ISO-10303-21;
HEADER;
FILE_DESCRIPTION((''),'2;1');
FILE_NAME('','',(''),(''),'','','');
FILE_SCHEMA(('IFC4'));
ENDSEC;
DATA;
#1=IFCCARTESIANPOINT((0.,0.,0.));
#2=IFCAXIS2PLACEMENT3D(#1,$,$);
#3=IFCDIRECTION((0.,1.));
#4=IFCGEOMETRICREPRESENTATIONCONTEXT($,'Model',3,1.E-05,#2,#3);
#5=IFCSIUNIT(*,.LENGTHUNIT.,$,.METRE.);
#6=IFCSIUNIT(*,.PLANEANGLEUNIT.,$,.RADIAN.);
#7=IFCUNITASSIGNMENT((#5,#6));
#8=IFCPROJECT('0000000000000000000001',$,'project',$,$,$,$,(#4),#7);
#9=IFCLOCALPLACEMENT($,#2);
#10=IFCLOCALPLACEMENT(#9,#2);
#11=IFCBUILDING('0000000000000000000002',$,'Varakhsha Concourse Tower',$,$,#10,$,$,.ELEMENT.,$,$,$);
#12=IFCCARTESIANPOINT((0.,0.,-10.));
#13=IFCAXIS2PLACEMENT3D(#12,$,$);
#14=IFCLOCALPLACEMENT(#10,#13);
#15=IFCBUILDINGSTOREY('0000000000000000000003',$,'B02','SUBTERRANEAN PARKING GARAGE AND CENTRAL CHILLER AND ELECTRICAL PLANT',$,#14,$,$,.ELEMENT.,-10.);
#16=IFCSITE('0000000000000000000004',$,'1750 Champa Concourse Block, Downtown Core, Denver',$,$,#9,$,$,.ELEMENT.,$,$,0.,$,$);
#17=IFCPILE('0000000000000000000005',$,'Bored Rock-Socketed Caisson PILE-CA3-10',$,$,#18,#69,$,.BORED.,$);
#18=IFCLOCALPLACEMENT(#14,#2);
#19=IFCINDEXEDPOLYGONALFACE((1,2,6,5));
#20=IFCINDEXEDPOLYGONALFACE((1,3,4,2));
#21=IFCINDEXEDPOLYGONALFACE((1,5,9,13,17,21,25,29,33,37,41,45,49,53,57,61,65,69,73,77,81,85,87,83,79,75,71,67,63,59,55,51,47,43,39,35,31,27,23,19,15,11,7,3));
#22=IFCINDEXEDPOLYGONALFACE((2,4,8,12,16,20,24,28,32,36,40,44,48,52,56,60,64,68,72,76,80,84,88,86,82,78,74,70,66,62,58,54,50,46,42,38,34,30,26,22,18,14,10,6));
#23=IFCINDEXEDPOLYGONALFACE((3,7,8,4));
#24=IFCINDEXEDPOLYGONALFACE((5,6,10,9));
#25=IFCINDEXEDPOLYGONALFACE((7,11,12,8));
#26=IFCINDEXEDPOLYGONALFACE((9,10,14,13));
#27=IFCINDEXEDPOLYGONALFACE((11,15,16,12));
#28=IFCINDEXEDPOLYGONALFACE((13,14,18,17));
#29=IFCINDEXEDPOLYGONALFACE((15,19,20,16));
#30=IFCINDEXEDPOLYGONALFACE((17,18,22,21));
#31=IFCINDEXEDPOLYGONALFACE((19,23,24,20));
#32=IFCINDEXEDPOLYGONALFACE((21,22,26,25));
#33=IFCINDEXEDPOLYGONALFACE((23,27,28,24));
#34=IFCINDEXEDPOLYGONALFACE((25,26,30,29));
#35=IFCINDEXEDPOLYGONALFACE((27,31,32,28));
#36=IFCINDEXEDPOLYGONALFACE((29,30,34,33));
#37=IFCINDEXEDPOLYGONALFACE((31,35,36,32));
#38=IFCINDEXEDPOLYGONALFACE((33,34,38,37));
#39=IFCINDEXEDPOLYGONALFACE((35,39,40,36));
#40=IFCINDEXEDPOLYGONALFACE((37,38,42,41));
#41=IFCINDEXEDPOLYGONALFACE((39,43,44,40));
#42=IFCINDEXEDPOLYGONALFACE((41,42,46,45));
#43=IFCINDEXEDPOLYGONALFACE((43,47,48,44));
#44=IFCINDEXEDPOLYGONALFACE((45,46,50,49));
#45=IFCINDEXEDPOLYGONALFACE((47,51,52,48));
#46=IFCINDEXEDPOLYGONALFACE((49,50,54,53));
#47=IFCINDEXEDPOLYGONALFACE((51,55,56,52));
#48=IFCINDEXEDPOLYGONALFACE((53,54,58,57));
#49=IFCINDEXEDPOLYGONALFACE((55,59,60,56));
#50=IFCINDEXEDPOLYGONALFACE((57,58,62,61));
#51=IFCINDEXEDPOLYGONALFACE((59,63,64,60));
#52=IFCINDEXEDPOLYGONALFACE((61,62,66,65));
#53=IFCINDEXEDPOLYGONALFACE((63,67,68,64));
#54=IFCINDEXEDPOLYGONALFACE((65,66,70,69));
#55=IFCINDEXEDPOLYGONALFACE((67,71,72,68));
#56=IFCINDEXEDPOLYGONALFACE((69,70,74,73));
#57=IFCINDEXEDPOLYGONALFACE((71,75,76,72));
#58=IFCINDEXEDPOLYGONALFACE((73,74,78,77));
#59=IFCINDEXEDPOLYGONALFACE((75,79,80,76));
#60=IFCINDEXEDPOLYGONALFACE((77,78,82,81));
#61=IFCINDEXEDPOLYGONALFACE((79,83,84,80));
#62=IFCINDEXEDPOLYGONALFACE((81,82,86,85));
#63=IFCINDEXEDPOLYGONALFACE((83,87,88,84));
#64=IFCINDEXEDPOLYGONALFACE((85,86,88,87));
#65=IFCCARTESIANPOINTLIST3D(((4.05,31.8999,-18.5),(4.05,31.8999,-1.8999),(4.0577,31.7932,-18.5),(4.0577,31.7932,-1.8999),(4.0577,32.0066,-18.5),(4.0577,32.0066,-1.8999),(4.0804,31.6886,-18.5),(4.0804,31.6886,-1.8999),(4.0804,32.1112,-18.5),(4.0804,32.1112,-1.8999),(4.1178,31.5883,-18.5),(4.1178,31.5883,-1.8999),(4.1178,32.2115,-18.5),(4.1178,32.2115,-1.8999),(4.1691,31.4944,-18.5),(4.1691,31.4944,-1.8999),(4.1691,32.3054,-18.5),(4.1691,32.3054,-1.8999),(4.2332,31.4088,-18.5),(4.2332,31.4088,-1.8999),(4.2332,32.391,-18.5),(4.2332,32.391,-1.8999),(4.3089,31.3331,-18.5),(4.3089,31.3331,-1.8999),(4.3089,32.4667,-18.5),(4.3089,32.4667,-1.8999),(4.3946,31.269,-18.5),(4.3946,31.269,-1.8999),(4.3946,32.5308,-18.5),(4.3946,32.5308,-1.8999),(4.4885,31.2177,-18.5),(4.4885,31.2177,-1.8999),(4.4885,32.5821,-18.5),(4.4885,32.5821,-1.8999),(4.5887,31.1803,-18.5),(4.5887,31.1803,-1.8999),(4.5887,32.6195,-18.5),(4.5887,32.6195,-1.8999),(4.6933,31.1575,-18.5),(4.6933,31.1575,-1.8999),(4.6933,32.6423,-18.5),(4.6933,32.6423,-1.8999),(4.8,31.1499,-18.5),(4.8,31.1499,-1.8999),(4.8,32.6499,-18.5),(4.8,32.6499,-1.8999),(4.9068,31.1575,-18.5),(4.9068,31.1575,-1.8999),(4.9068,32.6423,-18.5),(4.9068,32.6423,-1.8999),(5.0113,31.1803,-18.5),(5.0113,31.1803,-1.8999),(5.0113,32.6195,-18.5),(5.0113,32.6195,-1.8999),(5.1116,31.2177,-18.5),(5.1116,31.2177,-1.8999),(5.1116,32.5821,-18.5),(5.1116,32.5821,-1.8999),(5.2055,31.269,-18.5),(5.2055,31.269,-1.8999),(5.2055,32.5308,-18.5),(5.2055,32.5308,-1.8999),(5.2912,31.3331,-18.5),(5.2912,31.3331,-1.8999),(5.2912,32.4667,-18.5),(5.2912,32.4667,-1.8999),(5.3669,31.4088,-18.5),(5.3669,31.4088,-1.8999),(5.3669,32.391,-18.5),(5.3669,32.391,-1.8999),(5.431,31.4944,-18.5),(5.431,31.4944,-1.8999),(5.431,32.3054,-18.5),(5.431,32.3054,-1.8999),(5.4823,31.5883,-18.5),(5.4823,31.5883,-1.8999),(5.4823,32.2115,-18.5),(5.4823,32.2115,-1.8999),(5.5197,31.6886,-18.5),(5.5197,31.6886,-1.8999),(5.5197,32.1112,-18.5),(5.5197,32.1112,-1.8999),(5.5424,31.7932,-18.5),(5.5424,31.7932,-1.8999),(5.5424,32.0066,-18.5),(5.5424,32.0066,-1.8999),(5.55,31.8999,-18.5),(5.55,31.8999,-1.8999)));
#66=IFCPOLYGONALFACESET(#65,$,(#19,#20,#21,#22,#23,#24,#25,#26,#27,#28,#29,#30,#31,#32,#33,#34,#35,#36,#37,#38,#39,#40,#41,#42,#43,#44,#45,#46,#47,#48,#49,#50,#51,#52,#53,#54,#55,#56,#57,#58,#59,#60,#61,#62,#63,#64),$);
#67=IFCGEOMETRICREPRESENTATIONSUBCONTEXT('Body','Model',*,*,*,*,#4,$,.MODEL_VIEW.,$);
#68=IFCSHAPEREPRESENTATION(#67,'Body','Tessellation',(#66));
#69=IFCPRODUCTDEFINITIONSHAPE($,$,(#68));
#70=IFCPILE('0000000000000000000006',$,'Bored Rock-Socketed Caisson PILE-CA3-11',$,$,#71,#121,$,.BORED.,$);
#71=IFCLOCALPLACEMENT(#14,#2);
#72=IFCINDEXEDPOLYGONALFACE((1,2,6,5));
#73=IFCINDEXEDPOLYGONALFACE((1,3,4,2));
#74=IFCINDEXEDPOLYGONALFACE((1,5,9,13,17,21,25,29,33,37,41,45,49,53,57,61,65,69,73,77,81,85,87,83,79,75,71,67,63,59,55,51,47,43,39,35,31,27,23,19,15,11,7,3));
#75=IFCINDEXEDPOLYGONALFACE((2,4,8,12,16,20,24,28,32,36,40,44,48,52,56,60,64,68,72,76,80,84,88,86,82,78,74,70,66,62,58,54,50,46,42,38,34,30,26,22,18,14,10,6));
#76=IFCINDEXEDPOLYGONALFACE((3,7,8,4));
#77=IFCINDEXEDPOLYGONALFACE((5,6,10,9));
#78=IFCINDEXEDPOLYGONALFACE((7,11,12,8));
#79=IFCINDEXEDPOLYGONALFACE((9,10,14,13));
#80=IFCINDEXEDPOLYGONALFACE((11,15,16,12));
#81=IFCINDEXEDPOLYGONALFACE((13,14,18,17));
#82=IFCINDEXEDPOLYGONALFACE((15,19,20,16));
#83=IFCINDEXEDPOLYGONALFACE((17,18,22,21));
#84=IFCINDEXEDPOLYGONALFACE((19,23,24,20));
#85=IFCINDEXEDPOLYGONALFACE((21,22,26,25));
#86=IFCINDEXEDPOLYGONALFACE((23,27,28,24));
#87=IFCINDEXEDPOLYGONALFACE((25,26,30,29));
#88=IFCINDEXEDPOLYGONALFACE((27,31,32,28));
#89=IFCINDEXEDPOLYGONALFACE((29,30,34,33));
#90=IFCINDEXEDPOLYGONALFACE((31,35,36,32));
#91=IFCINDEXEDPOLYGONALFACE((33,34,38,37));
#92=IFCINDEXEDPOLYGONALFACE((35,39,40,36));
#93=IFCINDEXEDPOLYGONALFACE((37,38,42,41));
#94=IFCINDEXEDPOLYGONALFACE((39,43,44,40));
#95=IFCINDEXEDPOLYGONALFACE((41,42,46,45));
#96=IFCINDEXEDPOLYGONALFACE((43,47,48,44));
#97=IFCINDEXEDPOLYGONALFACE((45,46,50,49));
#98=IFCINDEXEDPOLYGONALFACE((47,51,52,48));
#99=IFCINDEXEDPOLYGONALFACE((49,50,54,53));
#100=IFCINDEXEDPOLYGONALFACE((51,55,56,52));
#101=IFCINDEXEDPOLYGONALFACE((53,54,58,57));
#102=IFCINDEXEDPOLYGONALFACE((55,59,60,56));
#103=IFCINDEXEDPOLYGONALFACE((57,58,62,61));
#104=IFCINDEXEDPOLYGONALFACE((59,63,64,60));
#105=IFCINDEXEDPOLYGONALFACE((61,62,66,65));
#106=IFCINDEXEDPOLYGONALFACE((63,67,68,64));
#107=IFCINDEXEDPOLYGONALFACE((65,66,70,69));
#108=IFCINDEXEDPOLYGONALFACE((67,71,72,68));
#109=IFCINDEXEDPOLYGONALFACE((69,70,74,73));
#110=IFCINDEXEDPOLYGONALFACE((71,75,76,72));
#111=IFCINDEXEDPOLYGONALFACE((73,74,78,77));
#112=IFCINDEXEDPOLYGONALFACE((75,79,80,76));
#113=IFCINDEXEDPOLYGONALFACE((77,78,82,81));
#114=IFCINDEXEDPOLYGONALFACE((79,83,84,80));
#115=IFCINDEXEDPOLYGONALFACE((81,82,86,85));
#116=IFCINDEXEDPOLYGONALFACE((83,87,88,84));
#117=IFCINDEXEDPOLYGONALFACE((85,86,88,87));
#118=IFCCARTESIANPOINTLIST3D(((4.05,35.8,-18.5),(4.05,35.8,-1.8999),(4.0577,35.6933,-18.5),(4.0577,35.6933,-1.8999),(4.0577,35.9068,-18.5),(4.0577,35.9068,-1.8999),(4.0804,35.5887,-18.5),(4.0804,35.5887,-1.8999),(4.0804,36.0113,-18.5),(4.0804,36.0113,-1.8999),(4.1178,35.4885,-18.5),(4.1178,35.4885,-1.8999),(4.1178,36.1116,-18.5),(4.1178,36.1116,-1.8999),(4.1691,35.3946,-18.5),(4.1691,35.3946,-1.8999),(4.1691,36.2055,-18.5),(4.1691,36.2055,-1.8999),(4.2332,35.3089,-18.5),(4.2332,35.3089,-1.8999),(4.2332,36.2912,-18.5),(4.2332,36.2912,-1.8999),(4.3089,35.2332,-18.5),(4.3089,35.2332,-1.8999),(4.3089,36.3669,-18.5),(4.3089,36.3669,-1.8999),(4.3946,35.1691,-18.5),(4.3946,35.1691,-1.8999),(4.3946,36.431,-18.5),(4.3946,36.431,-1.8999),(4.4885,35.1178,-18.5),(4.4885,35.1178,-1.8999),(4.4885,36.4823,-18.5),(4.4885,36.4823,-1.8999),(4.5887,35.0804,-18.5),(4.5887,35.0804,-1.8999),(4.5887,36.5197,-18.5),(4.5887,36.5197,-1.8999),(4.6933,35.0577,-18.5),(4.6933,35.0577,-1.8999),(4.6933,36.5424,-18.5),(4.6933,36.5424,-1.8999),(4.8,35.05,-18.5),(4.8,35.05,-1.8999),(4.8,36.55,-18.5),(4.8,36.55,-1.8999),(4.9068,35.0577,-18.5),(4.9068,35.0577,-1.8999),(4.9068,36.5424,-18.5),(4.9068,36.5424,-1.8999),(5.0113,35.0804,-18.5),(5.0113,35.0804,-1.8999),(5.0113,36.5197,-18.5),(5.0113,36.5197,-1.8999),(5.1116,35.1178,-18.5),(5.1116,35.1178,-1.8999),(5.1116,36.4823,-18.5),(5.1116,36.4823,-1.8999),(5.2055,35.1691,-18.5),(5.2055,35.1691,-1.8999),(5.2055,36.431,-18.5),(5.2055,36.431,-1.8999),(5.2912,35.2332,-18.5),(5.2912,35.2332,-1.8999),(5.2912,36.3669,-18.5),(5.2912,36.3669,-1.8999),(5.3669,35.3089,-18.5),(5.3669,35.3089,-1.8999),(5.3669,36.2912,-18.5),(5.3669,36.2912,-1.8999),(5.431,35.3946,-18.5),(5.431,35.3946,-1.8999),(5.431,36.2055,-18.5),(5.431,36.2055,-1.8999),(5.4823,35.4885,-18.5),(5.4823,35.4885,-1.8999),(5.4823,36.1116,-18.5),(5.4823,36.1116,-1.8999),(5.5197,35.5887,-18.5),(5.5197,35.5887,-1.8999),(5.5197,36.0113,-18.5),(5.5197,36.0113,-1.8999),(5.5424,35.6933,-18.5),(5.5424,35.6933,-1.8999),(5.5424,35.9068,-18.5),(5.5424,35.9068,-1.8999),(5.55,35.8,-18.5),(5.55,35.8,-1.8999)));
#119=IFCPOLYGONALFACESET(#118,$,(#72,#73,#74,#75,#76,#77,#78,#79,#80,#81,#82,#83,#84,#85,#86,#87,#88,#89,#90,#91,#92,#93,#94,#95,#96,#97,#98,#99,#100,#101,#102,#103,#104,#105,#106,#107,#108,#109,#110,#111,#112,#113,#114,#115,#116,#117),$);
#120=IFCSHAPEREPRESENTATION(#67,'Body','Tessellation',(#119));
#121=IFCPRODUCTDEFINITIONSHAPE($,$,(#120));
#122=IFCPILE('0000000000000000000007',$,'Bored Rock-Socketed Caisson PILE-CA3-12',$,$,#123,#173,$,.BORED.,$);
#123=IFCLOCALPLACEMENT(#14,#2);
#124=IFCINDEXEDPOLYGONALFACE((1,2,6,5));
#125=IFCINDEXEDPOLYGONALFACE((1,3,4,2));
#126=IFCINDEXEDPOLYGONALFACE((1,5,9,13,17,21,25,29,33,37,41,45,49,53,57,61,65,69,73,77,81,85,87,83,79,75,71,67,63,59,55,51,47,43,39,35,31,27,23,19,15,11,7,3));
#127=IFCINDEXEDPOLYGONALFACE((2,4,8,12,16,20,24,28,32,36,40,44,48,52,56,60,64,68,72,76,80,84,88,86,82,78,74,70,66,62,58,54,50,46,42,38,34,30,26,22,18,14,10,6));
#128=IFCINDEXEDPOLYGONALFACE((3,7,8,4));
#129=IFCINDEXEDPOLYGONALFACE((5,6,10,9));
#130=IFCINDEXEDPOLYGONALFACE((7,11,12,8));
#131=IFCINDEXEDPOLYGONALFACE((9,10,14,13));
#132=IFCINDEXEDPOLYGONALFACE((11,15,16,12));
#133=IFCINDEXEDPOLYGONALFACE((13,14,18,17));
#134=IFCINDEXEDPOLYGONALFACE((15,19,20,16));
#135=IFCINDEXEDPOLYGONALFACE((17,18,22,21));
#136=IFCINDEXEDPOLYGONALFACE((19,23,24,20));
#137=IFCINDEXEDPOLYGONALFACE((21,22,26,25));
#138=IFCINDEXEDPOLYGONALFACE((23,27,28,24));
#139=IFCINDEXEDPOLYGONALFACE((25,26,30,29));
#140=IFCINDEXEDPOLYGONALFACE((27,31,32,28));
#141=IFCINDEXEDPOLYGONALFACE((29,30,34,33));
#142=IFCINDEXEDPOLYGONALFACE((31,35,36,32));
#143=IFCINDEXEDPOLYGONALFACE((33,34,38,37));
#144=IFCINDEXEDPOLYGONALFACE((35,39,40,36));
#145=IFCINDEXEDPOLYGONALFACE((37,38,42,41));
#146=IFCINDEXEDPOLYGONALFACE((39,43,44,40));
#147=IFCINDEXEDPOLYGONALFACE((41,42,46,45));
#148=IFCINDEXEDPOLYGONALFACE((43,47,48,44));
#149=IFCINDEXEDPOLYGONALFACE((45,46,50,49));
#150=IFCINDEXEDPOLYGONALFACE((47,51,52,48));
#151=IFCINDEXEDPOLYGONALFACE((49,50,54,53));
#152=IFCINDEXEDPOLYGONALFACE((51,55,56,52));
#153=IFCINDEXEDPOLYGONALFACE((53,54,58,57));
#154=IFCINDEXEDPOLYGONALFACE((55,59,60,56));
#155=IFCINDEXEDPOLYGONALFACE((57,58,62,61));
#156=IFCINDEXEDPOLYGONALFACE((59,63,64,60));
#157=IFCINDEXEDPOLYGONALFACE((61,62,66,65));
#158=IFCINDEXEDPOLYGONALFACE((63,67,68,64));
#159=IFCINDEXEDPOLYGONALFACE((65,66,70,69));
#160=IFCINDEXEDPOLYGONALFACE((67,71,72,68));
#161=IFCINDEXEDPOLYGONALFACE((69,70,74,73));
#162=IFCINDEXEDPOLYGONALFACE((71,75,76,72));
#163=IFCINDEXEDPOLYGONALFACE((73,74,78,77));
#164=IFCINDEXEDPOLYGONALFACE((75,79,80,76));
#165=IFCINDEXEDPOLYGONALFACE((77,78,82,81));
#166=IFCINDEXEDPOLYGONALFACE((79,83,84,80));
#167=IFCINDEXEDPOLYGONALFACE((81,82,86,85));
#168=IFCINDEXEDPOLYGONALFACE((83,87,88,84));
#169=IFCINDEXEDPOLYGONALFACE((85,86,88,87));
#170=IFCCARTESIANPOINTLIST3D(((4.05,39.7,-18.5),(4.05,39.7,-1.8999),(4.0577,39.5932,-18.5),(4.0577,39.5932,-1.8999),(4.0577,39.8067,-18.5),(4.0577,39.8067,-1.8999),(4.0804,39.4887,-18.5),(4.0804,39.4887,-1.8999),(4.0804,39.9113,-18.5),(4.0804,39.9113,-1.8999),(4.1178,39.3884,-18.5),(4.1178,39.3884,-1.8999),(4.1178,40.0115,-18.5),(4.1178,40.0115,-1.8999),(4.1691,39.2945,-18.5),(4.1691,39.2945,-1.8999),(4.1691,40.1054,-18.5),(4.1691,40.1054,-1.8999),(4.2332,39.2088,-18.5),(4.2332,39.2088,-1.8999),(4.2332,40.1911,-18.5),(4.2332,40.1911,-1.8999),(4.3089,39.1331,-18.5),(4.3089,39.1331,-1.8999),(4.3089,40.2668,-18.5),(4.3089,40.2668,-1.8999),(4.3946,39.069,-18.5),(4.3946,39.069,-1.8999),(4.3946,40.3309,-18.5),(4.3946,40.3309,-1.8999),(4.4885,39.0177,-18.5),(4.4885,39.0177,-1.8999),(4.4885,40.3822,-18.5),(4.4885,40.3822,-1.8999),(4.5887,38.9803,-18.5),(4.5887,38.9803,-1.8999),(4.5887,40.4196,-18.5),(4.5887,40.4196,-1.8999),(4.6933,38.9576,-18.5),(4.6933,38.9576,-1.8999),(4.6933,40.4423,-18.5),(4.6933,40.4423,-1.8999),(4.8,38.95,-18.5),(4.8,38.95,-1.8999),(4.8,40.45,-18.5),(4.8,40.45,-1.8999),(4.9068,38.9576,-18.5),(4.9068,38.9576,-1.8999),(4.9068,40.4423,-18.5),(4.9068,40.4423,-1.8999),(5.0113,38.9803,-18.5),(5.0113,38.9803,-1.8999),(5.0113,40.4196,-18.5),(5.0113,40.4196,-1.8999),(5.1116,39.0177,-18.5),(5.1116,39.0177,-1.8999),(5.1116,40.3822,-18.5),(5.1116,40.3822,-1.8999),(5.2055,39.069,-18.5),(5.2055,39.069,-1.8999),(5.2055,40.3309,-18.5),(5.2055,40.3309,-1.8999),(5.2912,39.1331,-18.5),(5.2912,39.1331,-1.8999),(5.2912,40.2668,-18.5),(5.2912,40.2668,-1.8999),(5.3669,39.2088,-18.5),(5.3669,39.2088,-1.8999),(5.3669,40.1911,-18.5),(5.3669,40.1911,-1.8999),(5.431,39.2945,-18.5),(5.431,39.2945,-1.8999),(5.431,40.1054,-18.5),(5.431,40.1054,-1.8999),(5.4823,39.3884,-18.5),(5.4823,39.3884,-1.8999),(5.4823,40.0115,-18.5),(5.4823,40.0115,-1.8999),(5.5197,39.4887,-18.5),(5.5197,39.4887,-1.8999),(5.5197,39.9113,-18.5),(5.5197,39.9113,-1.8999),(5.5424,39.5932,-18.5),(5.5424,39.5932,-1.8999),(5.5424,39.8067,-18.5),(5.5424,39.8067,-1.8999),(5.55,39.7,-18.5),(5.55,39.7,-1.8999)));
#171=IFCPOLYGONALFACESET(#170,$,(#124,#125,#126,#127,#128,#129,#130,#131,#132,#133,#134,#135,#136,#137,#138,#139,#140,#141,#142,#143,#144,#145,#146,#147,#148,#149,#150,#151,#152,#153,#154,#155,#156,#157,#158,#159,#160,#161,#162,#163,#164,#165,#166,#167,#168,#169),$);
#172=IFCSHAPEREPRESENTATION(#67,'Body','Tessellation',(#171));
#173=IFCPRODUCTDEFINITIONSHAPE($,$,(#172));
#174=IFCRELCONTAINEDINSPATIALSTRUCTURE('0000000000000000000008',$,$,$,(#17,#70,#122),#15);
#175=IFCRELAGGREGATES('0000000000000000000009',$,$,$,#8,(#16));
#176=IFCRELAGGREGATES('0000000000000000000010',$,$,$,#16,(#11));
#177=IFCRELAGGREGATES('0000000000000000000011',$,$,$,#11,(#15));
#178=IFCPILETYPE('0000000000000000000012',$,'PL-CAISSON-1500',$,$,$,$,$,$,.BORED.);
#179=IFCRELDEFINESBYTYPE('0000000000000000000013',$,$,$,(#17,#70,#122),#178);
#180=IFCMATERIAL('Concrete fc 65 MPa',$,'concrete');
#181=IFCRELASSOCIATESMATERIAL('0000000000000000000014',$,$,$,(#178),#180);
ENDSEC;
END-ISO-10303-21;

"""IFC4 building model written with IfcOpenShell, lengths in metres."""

from ifc_helpers import new_model, si_unit, direction, frame, origin, origin_2d, place, context, subcontext, project, spatial, circle, extrude, material, material_profile, profile_set, type_object, element, save


model = new_model("IFC4")

# Units and contexts
model_context = context("Model", 3, precision=1e-05, world=origin(), true_north=direction((0.0, 1.0)))
body_context = subcontext(model_context, "Body", "Model", "MODEL_VIEW")
ifc_project = project(units=[si_unit("LENGTHUNIT", "METRE"), si_unit("PLANEANGLEUNIT", "RADIAN")], contexts=[model_context])

# Site, building, storey
site_placement = place(None, origin())
site = spatial("IfcSite", under=ifc_project, at=site_placement, Name="1750 Champa Concourse Block, Downtown Core, Denver", CompositionType="ELEMENT", RefElevation=0.0)
building_placement = place(site_placement, origin())
building = spatial("IfcBuilding", under=site, at=building_placement, Name="Varakhsha Concourse Tower", CompositionType="ELEMENT")
storey_placement = place(building_placement, frame((0.0, 0.0, -10.0)))
storey = spatial("IfcBuildingStorey", under=building, at=storey_placement, Name="B02", Description="SUBTERRANEAN PARKING GARAGE AND CENTRAL CHILLER AND ELECTRICAL PLANT", CompositionType="ELEMENT", Elevation=-10.0)

# Piles
ifc_material_1 = material(Name="Concrete fc 65 MPa", Category="concrete")
ifc_material_profile_1 = material_profile(ifc_material_1, circle(Radius=0.75, at=origin_2d()), Name="CAISSON D1500")
ifc_profile_set_1 = profile_set([ifc_material_profile_1], Name="Concrete fc 65 MPa")
pile_type_1 = type_object("IfcPileType", Name="PL-CAISSON-1500", PredefinedType="BORED", material=ifc_profile_set_1)
for number, where, z_axis, x_axis, name in (
    (1, (4.8, 31.8999, -1.8999), (0.0, 0.0, -1.0), (1.0, 0.0, 0.0), "Bored Rock-Socketed Caisson PILE-CA3-10"),
    (2, (4.8, 35.8, -1.8999), (0.0, 0.0, -1.0), (1.0, 0.0, 0.0), "Bored Rock-Socketed Caisson PILE-CA3-11"),
    (3, (4.8, 39.7, -1.8999), (0.0, 0.0, -1.0), (1.0, 0.0, 0.0), "Bored Rock-Socketed Caisson PILE-CA3-12"),
):
    element("IfcPile", number, at=place(storey_placement, frame(where, z_axis=z_axis, x_axis=x_axis)), inside=storey, type_object=pile_type_1, Name=name, PredefinedType="BORED", context=body_context, shape_type="SweptSolid", body=[
        extrude(circle(Radius=0.75, at=origin_2d()), origin(), (0.0, 0.0, 1.0), 16.6001),
    ])

save(model, "model.ifc")
